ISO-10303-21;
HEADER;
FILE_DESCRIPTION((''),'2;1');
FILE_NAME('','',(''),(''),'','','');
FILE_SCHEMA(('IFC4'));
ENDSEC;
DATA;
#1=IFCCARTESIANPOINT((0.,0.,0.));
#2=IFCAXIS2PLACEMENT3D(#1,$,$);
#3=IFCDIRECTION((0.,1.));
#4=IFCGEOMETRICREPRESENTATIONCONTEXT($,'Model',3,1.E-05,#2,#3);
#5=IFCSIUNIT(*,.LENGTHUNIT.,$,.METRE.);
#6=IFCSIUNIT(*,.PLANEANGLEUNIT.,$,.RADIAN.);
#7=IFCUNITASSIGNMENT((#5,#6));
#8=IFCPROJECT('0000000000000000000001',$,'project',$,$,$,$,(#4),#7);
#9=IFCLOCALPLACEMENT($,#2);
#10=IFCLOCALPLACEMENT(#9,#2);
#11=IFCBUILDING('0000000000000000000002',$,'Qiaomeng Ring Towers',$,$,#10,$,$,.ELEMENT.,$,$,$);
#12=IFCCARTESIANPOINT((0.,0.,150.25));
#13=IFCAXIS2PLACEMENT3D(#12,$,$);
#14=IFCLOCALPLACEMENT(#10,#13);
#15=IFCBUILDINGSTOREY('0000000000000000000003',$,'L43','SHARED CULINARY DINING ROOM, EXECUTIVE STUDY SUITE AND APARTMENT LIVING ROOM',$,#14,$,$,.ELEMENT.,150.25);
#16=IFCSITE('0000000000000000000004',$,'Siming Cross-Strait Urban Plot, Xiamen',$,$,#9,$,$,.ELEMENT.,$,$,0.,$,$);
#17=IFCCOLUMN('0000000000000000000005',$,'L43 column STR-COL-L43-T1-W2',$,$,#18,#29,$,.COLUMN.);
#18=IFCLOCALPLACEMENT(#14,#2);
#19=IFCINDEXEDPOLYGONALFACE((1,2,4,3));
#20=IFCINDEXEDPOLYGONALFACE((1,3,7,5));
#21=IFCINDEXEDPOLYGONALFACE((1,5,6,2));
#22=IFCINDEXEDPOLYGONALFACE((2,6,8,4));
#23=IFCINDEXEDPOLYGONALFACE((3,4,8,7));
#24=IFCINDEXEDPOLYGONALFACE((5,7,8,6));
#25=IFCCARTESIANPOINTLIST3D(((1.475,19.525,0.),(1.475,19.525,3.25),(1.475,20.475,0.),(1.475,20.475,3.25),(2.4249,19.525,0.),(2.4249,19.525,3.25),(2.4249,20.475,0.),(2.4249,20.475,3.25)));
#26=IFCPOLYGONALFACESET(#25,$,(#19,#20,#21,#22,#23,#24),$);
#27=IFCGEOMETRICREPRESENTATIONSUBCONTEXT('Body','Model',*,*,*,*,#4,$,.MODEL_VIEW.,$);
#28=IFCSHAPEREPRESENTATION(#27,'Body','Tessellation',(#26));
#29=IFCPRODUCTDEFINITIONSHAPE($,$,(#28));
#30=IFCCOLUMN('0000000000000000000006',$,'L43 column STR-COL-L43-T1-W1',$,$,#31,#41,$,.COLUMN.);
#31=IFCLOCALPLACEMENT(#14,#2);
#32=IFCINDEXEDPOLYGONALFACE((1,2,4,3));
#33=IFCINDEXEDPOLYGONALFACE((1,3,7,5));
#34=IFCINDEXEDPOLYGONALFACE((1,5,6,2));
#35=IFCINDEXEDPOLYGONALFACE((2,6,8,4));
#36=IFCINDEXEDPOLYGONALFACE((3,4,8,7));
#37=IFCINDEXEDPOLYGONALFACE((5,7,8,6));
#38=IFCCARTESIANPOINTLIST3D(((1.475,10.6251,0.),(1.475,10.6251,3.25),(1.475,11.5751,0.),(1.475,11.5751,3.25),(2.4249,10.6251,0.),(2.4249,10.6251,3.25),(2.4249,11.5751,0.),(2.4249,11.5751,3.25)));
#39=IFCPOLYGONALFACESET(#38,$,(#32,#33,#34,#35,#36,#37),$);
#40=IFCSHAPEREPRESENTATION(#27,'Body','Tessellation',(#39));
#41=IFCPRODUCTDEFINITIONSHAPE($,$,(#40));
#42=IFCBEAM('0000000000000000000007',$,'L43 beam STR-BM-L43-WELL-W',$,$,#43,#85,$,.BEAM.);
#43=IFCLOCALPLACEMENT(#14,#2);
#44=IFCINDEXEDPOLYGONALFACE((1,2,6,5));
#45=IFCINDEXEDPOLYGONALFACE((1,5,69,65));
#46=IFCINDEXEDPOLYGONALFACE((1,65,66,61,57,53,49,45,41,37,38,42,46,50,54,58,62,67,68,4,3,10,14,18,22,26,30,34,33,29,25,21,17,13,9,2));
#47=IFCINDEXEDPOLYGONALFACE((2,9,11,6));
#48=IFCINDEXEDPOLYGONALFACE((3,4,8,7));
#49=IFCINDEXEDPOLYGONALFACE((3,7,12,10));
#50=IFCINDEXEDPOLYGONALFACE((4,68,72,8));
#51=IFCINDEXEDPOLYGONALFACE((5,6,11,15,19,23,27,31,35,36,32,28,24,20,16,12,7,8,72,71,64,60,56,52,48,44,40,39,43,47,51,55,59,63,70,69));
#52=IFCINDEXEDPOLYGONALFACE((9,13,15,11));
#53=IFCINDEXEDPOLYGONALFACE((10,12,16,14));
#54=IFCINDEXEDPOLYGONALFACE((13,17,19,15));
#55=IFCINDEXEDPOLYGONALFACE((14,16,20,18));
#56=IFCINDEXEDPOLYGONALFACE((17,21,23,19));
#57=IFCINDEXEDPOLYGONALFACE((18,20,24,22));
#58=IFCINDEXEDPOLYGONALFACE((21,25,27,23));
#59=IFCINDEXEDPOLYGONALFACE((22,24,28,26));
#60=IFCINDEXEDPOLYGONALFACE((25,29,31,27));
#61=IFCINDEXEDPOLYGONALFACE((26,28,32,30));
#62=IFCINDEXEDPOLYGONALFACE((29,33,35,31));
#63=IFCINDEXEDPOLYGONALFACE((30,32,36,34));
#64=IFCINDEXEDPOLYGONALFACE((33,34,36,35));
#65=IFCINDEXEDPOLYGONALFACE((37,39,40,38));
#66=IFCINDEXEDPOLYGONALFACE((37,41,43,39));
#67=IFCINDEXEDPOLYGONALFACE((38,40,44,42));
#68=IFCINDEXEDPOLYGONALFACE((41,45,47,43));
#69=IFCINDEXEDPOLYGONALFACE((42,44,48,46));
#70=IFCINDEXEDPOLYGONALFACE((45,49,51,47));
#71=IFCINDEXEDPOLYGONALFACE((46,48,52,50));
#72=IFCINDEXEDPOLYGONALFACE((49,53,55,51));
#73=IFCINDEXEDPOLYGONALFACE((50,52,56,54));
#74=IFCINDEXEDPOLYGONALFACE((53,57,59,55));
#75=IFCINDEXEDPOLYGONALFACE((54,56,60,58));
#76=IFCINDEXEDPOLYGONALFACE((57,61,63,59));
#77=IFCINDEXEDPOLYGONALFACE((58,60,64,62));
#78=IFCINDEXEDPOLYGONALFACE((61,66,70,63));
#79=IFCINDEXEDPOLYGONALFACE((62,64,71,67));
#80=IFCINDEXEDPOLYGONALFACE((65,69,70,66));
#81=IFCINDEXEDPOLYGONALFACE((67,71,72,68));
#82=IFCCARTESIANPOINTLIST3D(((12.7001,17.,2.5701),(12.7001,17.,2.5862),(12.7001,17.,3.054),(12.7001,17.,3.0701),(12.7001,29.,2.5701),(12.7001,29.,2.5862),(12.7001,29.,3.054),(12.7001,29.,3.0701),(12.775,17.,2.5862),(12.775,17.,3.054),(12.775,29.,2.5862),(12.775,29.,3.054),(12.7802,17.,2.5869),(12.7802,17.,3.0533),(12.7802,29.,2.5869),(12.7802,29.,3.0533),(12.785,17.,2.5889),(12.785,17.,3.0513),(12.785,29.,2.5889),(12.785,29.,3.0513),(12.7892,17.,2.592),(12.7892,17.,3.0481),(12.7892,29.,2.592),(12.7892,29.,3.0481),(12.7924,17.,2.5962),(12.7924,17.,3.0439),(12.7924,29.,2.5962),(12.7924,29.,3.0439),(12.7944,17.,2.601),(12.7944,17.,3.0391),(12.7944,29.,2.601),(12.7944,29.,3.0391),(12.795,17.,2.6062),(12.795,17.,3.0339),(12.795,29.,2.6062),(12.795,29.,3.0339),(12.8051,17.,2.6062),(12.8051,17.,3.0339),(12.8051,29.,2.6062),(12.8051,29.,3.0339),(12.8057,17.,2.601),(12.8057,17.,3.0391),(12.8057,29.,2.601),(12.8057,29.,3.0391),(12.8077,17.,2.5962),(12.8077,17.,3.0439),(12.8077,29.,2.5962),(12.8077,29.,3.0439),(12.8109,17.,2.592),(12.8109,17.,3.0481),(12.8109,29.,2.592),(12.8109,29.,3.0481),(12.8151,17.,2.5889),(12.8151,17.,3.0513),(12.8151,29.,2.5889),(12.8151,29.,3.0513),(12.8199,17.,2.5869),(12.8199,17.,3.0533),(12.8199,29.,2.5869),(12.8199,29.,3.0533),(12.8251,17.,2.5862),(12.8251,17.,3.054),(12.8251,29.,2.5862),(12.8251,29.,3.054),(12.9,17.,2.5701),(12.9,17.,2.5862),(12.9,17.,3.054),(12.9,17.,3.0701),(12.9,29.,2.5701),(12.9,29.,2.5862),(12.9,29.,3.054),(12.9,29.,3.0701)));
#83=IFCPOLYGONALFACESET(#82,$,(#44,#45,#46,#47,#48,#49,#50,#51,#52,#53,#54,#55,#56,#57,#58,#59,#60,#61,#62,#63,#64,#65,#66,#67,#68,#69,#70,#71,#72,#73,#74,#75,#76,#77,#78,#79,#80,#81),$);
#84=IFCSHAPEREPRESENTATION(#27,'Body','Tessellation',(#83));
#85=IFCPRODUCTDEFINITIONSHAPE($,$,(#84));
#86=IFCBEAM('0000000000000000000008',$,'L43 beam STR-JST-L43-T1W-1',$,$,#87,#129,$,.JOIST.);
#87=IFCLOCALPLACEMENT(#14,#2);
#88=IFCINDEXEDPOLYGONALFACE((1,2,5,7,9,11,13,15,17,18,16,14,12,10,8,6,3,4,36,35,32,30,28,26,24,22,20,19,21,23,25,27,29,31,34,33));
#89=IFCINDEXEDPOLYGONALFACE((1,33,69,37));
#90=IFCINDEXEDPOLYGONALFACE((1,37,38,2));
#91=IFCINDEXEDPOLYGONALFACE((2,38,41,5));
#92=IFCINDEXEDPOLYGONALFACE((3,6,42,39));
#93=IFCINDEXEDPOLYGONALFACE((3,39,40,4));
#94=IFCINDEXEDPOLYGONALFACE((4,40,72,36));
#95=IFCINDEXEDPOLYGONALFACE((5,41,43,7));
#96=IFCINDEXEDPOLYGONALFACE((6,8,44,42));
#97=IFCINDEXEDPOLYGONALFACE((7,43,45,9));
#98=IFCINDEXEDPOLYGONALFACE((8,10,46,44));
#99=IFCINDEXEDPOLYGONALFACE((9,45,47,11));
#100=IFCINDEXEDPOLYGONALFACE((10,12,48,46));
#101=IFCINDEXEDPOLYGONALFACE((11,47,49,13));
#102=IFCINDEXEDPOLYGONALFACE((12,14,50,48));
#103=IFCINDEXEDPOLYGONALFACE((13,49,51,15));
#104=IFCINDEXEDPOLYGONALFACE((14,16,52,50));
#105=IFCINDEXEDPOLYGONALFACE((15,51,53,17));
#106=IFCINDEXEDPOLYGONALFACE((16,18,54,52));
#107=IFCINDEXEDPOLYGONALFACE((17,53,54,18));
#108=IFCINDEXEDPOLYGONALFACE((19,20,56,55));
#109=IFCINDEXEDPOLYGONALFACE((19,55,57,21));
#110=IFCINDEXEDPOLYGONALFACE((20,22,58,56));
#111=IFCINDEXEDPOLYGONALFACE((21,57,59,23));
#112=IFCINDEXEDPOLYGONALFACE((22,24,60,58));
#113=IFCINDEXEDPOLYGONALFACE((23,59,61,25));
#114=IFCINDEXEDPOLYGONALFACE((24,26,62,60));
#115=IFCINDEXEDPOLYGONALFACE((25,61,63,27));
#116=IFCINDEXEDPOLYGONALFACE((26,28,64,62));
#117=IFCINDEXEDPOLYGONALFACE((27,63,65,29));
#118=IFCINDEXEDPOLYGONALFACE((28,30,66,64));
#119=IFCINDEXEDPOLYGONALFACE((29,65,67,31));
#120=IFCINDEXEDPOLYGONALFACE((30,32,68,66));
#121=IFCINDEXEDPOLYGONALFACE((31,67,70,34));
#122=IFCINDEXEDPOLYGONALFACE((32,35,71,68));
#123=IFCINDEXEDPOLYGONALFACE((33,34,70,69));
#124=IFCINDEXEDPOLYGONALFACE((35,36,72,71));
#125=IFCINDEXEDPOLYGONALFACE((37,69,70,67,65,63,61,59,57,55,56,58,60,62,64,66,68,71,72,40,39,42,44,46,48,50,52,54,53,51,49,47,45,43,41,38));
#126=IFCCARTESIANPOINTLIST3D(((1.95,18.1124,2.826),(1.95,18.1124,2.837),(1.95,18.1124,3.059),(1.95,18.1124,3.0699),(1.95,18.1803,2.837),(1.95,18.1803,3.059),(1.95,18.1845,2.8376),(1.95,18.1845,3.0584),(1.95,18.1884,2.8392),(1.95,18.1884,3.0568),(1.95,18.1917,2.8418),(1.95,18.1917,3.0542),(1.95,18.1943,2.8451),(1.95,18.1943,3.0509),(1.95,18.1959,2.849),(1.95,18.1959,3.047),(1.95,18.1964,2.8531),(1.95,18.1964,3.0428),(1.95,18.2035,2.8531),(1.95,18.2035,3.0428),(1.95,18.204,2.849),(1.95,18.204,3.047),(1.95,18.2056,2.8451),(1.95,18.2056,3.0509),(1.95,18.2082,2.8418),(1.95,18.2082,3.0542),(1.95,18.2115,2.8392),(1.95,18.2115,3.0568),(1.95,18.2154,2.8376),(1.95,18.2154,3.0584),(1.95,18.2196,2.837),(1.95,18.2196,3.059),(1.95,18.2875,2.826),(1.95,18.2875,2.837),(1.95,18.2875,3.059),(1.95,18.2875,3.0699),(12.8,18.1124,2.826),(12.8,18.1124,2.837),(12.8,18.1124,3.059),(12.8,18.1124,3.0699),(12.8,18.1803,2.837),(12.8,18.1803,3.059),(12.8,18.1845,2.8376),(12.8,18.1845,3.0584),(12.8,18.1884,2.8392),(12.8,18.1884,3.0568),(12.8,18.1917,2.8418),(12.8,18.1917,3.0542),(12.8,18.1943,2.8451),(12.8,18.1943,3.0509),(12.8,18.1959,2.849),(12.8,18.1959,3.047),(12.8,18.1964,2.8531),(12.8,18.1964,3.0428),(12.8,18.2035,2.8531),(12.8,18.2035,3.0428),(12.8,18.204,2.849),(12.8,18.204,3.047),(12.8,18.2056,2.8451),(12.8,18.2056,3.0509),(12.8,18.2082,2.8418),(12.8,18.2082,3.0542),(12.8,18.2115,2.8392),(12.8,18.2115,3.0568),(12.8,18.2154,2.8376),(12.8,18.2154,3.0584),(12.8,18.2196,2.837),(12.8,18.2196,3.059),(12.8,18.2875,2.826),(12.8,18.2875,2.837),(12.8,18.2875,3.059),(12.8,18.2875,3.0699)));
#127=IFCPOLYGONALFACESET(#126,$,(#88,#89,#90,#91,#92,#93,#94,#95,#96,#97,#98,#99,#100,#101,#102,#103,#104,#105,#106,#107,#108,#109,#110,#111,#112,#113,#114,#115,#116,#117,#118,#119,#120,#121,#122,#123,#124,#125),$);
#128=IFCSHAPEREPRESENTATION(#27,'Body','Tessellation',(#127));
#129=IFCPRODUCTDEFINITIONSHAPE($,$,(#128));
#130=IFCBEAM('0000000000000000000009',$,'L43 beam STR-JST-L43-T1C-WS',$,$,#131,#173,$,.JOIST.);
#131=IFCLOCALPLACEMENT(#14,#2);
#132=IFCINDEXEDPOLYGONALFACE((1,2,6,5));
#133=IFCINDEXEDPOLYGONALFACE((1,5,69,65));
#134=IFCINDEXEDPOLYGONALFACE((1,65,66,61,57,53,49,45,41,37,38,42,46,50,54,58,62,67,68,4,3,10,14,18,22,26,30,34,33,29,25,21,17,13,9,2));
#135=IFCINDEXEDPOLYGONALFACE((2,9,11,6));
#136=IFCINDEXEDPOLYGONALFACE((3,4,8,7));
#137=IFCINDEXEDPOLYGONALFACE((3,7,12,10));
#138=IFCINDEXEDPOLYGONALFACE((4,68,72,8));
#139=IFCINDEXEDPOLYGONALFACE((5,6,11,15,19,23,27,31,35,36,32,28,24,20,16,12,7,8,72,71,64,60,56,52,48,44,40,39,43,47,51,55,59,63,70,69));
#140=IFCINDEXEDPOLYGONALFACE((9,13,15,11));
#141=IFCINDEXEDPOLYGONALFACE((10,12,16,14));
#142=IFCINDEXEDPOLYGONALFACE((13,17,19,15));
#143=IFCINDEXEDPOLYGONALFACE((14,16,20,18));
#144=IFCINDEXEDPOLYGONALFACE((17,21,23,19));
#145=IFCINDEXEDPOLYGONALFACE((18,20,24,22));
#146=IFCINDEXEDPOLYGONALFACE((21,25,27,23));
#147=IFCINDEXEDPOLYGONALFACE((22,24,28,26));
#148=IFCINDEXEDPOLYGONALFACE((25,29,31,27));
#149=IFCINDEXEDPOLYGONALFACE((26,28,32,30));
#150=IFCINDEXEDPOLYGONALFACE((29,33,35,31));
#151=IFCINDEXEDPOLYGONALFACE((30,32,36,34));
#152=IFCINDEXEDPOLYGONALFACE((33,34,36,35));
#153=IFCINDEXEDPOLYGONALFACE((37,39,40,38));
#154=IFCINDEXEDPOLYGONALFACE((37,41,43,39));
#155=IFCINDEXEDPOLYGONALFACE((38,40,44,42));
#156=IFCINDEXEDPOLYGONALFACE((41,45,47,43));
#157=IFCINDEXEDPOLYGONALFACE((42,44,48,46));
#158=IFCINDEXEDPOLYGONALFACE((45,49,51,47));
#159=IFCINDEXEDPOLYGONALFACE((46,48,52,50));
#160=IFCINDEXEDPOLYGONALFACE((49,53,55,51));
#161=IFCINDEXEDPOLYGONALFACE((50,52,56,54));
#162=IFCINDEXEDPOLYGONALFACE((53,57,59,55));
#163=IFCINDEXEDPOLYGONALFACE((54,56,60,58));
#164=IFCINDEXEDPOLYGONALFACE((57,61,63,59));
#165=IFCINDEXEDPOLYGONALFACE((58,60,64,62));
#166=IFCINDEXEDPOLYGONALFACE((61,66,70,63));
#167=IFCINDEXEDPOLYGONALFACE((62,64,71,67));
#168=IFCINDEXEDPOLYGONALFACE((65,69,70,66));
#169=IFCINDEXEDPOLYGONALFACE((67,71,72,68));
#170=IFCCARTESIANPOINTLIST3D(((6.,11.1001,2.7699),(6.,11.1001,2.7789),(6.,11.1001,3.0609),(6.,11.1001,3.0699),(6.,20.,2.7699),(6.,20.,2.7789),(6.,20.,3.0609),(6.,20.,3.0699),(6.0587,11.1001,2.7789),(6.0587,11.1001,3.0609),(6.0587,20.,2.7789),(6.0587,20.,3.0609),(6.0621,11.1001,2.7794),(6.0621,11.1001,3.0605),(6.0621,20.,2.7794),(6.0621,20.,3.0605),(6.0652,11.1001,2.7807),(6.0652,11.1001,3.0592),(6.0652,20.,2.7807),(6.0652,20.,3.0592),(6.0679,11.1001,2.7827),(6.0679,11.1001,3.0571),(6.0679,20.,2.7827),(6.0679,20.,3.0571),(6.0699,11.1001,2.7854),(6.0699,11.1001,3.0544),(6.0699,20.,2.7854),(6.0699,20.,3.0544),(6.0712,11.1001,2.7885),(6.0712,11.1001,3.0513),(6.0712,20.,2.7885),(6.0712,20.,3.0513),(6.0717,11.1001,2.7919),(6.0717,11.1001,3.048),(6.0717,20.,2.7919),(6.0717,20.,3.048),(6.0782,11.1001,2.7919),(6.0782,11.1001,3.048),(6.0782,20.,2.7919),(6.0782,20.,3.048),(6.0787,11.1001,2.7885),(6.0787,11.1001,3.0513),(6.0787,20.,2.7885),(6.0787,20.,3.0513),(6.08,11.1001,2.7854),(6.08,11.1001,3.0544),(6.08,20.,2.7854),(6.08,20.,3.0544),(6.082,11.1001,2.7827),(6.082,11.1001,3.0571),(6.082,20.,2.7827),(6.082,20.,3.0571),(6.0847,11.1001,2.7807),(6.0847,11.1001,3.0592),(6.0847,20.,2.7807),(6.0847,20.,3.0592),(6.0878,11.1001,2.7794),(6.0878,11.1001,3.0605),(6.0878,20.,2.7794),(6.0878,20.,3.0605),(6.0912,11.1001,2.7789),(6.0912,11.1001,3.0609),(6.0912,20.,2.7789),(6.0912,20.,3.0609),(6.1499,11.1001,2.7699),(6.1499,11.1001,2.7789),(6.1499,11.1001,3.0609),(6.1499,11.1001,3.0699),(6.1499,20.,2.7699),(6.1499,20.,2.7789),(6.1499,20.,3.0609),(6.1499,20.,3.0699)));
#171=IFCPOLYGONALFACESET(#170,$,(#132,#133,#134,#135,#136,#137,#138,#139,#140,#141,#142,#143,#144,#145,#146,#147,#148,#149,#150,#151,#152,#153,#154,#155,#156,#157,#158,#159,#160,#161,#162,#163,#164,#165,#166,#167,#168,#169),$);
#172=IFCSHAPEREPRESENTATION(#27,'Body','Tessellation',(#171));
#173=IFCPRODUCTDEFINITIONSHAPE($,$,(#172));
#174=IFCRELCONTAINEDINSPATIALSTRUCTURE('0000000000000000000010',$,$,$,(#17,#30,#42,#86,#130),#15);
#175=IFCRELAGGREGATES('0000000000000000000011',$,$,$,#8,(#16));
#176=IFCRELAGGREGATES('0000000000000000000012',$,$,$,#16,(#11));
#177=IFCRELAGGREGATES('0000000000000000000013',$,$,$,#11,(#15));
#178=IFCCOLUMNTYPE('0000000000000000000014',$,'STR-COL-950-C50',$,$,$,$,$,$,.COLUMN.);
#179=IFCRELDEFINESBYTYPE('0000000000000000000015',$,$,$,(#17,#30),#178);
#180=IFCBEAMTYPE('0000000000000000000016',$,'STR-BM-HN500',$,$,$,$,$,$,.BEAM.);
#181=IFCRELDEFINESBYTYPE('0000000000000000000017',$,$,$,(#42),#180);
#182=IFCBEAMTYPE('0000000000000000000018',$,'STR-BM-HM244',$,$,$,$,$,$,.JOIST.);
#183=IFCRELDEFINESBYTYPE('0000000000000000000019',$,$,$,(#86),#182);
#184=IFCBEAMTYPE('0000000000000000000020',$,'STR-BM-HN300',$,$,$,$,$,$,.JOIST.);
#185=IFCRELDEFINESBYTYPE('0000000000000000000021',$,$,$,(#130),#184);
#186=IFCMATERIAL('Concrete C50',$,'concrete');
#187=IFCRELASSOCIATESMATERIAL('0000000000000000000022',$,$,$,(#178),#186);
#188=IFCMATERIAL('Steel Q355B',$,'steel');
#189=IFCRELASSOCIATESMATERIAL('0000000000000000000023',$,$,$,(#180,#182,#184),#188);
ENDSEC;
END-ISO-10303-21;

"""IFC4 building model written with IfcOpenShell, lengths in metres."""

from ifc_helpers import new_model, si_unit, direction, frame, origin, origin_2d, place, context, subcontext, project, spatial, rectangle, i_section, extrude, source, transform, mapped, material, material_profile, profile_set, type_object, element, save


model = new_model("IFC4")

# Units and contexts
model_context = context("Model", 3, precision=1e-05, world=origin(), true_north=direction((0.0, 1.0)))
body_context = subcontext(model_context, "Body", "Model", "MODEL_VIEW")
ifc_project = project(units=[si_unit("LENGTHUNIT", "METRE"), si_unit("PLANEANGLEUNIT", "RADIAN")], contexts=[model_context])

# Site, building, storey
site_placement = place(None, origin())
site = spatial("IfcSite", under=ifc_project, at=site_placement, Name="Siming Cross-Strait Urban Plot, Xiamen", CompositionType="ELEMENT", RefElevation=0.0)
building_placement = place(site_placement, origin())
building = spatial("IfcBuilding", under=site, at=building_placement, Name="Qiaomeng Ring Towers", CompositionType="ELEMENT")
storey_placement = place(building_placement, frame((0.0, 0.0, 150.25)))
storey = spatial("IfcBuildingStorey", under=building, at=storey_placement, Name="L43", Description="SHARED CULINARY DINING ROOM, EXECUTIVE STUDY SUITE AND APARTMENT LIVING ROOM", CompositionType="ELEMENT", Elevation=150.25)

# Columns
ifc_material_1 = material(Name="Concrete C50", Category="concrete")
ifc_material_profile_1 = material_profile(ifc_material_1, rectangle(XDim=0.95, YDim=0.95, at=origin_2d()), Name="RC COL 950x950")
ifc_profile_set_1 = profile_set([ifc_material_profile_1], Name="Concrete C50")
column_type = type_object("IfcColumnType", Name="STR-COL-950-C50", PredefinedType="COLUMN", material=ifc_profile_set_1)
shared_shape_1 = source(origin(), body_context, "Body", "SweptSolid", [
    extrude(rectangle(XDim=0.95, YDim=0.95, at=origin_2d()), origin(), (0.0, 0.0, 1.0), 3.25),
])
for number, where, z_axis, x_axis, name in (
    (1, (1.95, 20.0, 0.0), (0.0, 0.0, 1.0), (1.0, 0.0, 0.0), "L43 column STR-COL-L43-T1-W2"),
    (2, (1.95, 11.1001, 0.0), (0.0, 0.0, 1.0), (1.0, 0.0, 0.0), "L43 column STR-COL-L43-T1-W1"),
):
    element("IfcColumn", number, at=place(storey_placement, frame(where, z_axis=z_axis, x_axis=x_axis)), inside=storey, type_object=column_type, Name=name, PredefinedType="COLUMN", context=body_context, shape_type="MappedRepresentation", body=[
        mapped(shared_shape_1, transform((0.0, 0.0, 0.0), x_axis=(1.0, 0.0, 0.0), y_axis=(0.0, 1.0, 0.0), z_axis=(0.0, 0.0, 1.0), scale=1.0)),
    ])

# Beams
ifc_material_2 = material(Name="Steel Q355B", Category="steel")
ifc_material_profile_2 = material_profile(ifc_material_2, i_section(OverallWidth=0.2, OverallDepth=0.5, WebThickness=0.01, FlangeThickness=0.0161, FilletRadius=0.02, at=origin_2d()), Name="HN 500x200x10x16")
ifc_profile_set_2 = profile_set([ifc_material_profile_2], Name="Steel Q355B")
beam_type_1 = type_object("IfcBeamType", Name="STR-BM-HN500", PredefinedType="BEAM", material=ifc_profile_set_2)
shared_shape_2 = source(origin(), body_context, "Body", "SweptSolid", [
    extrude(i_section(OverallWidth=0.2, OverallDepth=0.5, WebThickness=0.01, FlangeThickness=0.0161, FilletRadius=0.02, at=origin_2d()), origin(), (0.0, 0.0, 1.0), 12.0),
])
beam_1_placement = place(storey_placement, frame((12.8, 17.0, 2.8201), z_axis=(0.0, 1.0, 0.0), x_axis=(-1.0, 0.0, 0.0)))
element("IfcBeam", 3, at=beam_1_placement, inside=storey, type_object=beam_type_1, Name="L43 beam STR-BM-L43-WELL-W", PredefinedType="BEAM", context=body_context, shape_type="MappedRepresentation", body=[
    mapped(shared_shape_2, transform((0.0, 0.0, 0.0), x_axis=(1.0, 0.0, 0.0), y_axis=(0.0, 1.0, 0.0), z_axis=(0.0, 0.0, 1.0), scale=1.0)),
])
ifc_material_profile_3 = material_profile(ifc_material_2, i_section(OverallWidth=0.175, OverallDepth=0.2439, WebThickness=0.0071, FlangeThickness=0.011, FilletRadius=0.0161, at=origin_2d()), Name="HM 244x175x7x11")
ifc_profile_set_3 = profile_set([ifc_material_profile_3], Name="Steel Q355B")
beam_type_2 = type_object("IfcBeamType", Name="STR-BM-HM244", PredefinedType="JOIST", material=ifc_profile_set_3)
shared_shape_3 = source(origin(), body_context, "Body", "SweptSolid", [
    extrude(i_section(OverallWidth=0.175, OverallDepth=0.2439, WebThickness=0.0071, FlangeThickness=0.011, FilletRadius=0.0161, at=origin_2d()), origin(), (0.0, 0.0, 1.0), 10.8501),
])
beam_2_placement = place(storey_placement, frame((1.95, 18.2, 2.948), z_axis=(1.0, 0.0, 0.0), x_axis=(0.0, 1.0, 0.0)))
element("IfcBeam", 4, at=beam_2_placement, inside=storey, type_object=beam_type_2, Name="L43 beam STR-JST-L43-T1W-1", PredefinedType="JOIST", context=body_context, shape_type="MappedRepresentation", body=[
    mapped(shared_shape_3, transform((0.0, 0.0, 0.0), x_axis=(1.0, 0.0, 0.0), y_axis=(0.0, 1.0, 0.0), z_axis=(0.0, 0.0, 1.0), scale=1.0)),
])
ifc_material_profile_4 = material_profile(ifc_material_2, i_section(OverallWidth=0.1499, OverallDepth=0.3, WebThickness=0.0066, FlangeThickness=0.009, FilletRadius=0.0129, at=origin_2d()), Name="HN 300x150x6.5x9")
ifc_profile_set_4 = profile_set([ifc_material_profile_4], Name="Steel Q355B")
beam_type_3 = type_object("IfcBeamType", Name="STR-BM-HN300", PredefinedType="JOIST", material=ifc_profile_set_4)
shared_shape_4 = source(origin(), body_context, "Body", "SweptSolid", [
    extrude(i_section(OverallWidth=0.1499, OverallDepth=0.3, WebThickness=0.0066, FlangeThickness=0.009, FilletRadius=0.0129, at=origin_2d()), origin(), (0.0, 0.0, 1.0), 8.8999),
])
beam_3_placement = place(storey_placement, frame((6.075, 11.1001, 2.9199), z_axis=(0.0, 1.0, 0.0), x_axis=(-1.0, 0.0, 0.0)))
element("IfcBeam", 5, at=beam_3_placement, inside=storey, type_object=beam_type_3, Name="L43 beam STR-JST-L43-T1C-WS", PredefinedType="JOIST", context=body_context, shape_type="MappedRepresentation", body=[
    mapped(shared_shape_4, transform((0.0, 0.0, 0.0), x_axis=(1.0, 0.0, 0.0), y_axis=(0.0, 1.0, 0.0), z_axis=(0.0, 0.0, 1.0), scale=1.0)),
])

save(model, "model.ifc")
